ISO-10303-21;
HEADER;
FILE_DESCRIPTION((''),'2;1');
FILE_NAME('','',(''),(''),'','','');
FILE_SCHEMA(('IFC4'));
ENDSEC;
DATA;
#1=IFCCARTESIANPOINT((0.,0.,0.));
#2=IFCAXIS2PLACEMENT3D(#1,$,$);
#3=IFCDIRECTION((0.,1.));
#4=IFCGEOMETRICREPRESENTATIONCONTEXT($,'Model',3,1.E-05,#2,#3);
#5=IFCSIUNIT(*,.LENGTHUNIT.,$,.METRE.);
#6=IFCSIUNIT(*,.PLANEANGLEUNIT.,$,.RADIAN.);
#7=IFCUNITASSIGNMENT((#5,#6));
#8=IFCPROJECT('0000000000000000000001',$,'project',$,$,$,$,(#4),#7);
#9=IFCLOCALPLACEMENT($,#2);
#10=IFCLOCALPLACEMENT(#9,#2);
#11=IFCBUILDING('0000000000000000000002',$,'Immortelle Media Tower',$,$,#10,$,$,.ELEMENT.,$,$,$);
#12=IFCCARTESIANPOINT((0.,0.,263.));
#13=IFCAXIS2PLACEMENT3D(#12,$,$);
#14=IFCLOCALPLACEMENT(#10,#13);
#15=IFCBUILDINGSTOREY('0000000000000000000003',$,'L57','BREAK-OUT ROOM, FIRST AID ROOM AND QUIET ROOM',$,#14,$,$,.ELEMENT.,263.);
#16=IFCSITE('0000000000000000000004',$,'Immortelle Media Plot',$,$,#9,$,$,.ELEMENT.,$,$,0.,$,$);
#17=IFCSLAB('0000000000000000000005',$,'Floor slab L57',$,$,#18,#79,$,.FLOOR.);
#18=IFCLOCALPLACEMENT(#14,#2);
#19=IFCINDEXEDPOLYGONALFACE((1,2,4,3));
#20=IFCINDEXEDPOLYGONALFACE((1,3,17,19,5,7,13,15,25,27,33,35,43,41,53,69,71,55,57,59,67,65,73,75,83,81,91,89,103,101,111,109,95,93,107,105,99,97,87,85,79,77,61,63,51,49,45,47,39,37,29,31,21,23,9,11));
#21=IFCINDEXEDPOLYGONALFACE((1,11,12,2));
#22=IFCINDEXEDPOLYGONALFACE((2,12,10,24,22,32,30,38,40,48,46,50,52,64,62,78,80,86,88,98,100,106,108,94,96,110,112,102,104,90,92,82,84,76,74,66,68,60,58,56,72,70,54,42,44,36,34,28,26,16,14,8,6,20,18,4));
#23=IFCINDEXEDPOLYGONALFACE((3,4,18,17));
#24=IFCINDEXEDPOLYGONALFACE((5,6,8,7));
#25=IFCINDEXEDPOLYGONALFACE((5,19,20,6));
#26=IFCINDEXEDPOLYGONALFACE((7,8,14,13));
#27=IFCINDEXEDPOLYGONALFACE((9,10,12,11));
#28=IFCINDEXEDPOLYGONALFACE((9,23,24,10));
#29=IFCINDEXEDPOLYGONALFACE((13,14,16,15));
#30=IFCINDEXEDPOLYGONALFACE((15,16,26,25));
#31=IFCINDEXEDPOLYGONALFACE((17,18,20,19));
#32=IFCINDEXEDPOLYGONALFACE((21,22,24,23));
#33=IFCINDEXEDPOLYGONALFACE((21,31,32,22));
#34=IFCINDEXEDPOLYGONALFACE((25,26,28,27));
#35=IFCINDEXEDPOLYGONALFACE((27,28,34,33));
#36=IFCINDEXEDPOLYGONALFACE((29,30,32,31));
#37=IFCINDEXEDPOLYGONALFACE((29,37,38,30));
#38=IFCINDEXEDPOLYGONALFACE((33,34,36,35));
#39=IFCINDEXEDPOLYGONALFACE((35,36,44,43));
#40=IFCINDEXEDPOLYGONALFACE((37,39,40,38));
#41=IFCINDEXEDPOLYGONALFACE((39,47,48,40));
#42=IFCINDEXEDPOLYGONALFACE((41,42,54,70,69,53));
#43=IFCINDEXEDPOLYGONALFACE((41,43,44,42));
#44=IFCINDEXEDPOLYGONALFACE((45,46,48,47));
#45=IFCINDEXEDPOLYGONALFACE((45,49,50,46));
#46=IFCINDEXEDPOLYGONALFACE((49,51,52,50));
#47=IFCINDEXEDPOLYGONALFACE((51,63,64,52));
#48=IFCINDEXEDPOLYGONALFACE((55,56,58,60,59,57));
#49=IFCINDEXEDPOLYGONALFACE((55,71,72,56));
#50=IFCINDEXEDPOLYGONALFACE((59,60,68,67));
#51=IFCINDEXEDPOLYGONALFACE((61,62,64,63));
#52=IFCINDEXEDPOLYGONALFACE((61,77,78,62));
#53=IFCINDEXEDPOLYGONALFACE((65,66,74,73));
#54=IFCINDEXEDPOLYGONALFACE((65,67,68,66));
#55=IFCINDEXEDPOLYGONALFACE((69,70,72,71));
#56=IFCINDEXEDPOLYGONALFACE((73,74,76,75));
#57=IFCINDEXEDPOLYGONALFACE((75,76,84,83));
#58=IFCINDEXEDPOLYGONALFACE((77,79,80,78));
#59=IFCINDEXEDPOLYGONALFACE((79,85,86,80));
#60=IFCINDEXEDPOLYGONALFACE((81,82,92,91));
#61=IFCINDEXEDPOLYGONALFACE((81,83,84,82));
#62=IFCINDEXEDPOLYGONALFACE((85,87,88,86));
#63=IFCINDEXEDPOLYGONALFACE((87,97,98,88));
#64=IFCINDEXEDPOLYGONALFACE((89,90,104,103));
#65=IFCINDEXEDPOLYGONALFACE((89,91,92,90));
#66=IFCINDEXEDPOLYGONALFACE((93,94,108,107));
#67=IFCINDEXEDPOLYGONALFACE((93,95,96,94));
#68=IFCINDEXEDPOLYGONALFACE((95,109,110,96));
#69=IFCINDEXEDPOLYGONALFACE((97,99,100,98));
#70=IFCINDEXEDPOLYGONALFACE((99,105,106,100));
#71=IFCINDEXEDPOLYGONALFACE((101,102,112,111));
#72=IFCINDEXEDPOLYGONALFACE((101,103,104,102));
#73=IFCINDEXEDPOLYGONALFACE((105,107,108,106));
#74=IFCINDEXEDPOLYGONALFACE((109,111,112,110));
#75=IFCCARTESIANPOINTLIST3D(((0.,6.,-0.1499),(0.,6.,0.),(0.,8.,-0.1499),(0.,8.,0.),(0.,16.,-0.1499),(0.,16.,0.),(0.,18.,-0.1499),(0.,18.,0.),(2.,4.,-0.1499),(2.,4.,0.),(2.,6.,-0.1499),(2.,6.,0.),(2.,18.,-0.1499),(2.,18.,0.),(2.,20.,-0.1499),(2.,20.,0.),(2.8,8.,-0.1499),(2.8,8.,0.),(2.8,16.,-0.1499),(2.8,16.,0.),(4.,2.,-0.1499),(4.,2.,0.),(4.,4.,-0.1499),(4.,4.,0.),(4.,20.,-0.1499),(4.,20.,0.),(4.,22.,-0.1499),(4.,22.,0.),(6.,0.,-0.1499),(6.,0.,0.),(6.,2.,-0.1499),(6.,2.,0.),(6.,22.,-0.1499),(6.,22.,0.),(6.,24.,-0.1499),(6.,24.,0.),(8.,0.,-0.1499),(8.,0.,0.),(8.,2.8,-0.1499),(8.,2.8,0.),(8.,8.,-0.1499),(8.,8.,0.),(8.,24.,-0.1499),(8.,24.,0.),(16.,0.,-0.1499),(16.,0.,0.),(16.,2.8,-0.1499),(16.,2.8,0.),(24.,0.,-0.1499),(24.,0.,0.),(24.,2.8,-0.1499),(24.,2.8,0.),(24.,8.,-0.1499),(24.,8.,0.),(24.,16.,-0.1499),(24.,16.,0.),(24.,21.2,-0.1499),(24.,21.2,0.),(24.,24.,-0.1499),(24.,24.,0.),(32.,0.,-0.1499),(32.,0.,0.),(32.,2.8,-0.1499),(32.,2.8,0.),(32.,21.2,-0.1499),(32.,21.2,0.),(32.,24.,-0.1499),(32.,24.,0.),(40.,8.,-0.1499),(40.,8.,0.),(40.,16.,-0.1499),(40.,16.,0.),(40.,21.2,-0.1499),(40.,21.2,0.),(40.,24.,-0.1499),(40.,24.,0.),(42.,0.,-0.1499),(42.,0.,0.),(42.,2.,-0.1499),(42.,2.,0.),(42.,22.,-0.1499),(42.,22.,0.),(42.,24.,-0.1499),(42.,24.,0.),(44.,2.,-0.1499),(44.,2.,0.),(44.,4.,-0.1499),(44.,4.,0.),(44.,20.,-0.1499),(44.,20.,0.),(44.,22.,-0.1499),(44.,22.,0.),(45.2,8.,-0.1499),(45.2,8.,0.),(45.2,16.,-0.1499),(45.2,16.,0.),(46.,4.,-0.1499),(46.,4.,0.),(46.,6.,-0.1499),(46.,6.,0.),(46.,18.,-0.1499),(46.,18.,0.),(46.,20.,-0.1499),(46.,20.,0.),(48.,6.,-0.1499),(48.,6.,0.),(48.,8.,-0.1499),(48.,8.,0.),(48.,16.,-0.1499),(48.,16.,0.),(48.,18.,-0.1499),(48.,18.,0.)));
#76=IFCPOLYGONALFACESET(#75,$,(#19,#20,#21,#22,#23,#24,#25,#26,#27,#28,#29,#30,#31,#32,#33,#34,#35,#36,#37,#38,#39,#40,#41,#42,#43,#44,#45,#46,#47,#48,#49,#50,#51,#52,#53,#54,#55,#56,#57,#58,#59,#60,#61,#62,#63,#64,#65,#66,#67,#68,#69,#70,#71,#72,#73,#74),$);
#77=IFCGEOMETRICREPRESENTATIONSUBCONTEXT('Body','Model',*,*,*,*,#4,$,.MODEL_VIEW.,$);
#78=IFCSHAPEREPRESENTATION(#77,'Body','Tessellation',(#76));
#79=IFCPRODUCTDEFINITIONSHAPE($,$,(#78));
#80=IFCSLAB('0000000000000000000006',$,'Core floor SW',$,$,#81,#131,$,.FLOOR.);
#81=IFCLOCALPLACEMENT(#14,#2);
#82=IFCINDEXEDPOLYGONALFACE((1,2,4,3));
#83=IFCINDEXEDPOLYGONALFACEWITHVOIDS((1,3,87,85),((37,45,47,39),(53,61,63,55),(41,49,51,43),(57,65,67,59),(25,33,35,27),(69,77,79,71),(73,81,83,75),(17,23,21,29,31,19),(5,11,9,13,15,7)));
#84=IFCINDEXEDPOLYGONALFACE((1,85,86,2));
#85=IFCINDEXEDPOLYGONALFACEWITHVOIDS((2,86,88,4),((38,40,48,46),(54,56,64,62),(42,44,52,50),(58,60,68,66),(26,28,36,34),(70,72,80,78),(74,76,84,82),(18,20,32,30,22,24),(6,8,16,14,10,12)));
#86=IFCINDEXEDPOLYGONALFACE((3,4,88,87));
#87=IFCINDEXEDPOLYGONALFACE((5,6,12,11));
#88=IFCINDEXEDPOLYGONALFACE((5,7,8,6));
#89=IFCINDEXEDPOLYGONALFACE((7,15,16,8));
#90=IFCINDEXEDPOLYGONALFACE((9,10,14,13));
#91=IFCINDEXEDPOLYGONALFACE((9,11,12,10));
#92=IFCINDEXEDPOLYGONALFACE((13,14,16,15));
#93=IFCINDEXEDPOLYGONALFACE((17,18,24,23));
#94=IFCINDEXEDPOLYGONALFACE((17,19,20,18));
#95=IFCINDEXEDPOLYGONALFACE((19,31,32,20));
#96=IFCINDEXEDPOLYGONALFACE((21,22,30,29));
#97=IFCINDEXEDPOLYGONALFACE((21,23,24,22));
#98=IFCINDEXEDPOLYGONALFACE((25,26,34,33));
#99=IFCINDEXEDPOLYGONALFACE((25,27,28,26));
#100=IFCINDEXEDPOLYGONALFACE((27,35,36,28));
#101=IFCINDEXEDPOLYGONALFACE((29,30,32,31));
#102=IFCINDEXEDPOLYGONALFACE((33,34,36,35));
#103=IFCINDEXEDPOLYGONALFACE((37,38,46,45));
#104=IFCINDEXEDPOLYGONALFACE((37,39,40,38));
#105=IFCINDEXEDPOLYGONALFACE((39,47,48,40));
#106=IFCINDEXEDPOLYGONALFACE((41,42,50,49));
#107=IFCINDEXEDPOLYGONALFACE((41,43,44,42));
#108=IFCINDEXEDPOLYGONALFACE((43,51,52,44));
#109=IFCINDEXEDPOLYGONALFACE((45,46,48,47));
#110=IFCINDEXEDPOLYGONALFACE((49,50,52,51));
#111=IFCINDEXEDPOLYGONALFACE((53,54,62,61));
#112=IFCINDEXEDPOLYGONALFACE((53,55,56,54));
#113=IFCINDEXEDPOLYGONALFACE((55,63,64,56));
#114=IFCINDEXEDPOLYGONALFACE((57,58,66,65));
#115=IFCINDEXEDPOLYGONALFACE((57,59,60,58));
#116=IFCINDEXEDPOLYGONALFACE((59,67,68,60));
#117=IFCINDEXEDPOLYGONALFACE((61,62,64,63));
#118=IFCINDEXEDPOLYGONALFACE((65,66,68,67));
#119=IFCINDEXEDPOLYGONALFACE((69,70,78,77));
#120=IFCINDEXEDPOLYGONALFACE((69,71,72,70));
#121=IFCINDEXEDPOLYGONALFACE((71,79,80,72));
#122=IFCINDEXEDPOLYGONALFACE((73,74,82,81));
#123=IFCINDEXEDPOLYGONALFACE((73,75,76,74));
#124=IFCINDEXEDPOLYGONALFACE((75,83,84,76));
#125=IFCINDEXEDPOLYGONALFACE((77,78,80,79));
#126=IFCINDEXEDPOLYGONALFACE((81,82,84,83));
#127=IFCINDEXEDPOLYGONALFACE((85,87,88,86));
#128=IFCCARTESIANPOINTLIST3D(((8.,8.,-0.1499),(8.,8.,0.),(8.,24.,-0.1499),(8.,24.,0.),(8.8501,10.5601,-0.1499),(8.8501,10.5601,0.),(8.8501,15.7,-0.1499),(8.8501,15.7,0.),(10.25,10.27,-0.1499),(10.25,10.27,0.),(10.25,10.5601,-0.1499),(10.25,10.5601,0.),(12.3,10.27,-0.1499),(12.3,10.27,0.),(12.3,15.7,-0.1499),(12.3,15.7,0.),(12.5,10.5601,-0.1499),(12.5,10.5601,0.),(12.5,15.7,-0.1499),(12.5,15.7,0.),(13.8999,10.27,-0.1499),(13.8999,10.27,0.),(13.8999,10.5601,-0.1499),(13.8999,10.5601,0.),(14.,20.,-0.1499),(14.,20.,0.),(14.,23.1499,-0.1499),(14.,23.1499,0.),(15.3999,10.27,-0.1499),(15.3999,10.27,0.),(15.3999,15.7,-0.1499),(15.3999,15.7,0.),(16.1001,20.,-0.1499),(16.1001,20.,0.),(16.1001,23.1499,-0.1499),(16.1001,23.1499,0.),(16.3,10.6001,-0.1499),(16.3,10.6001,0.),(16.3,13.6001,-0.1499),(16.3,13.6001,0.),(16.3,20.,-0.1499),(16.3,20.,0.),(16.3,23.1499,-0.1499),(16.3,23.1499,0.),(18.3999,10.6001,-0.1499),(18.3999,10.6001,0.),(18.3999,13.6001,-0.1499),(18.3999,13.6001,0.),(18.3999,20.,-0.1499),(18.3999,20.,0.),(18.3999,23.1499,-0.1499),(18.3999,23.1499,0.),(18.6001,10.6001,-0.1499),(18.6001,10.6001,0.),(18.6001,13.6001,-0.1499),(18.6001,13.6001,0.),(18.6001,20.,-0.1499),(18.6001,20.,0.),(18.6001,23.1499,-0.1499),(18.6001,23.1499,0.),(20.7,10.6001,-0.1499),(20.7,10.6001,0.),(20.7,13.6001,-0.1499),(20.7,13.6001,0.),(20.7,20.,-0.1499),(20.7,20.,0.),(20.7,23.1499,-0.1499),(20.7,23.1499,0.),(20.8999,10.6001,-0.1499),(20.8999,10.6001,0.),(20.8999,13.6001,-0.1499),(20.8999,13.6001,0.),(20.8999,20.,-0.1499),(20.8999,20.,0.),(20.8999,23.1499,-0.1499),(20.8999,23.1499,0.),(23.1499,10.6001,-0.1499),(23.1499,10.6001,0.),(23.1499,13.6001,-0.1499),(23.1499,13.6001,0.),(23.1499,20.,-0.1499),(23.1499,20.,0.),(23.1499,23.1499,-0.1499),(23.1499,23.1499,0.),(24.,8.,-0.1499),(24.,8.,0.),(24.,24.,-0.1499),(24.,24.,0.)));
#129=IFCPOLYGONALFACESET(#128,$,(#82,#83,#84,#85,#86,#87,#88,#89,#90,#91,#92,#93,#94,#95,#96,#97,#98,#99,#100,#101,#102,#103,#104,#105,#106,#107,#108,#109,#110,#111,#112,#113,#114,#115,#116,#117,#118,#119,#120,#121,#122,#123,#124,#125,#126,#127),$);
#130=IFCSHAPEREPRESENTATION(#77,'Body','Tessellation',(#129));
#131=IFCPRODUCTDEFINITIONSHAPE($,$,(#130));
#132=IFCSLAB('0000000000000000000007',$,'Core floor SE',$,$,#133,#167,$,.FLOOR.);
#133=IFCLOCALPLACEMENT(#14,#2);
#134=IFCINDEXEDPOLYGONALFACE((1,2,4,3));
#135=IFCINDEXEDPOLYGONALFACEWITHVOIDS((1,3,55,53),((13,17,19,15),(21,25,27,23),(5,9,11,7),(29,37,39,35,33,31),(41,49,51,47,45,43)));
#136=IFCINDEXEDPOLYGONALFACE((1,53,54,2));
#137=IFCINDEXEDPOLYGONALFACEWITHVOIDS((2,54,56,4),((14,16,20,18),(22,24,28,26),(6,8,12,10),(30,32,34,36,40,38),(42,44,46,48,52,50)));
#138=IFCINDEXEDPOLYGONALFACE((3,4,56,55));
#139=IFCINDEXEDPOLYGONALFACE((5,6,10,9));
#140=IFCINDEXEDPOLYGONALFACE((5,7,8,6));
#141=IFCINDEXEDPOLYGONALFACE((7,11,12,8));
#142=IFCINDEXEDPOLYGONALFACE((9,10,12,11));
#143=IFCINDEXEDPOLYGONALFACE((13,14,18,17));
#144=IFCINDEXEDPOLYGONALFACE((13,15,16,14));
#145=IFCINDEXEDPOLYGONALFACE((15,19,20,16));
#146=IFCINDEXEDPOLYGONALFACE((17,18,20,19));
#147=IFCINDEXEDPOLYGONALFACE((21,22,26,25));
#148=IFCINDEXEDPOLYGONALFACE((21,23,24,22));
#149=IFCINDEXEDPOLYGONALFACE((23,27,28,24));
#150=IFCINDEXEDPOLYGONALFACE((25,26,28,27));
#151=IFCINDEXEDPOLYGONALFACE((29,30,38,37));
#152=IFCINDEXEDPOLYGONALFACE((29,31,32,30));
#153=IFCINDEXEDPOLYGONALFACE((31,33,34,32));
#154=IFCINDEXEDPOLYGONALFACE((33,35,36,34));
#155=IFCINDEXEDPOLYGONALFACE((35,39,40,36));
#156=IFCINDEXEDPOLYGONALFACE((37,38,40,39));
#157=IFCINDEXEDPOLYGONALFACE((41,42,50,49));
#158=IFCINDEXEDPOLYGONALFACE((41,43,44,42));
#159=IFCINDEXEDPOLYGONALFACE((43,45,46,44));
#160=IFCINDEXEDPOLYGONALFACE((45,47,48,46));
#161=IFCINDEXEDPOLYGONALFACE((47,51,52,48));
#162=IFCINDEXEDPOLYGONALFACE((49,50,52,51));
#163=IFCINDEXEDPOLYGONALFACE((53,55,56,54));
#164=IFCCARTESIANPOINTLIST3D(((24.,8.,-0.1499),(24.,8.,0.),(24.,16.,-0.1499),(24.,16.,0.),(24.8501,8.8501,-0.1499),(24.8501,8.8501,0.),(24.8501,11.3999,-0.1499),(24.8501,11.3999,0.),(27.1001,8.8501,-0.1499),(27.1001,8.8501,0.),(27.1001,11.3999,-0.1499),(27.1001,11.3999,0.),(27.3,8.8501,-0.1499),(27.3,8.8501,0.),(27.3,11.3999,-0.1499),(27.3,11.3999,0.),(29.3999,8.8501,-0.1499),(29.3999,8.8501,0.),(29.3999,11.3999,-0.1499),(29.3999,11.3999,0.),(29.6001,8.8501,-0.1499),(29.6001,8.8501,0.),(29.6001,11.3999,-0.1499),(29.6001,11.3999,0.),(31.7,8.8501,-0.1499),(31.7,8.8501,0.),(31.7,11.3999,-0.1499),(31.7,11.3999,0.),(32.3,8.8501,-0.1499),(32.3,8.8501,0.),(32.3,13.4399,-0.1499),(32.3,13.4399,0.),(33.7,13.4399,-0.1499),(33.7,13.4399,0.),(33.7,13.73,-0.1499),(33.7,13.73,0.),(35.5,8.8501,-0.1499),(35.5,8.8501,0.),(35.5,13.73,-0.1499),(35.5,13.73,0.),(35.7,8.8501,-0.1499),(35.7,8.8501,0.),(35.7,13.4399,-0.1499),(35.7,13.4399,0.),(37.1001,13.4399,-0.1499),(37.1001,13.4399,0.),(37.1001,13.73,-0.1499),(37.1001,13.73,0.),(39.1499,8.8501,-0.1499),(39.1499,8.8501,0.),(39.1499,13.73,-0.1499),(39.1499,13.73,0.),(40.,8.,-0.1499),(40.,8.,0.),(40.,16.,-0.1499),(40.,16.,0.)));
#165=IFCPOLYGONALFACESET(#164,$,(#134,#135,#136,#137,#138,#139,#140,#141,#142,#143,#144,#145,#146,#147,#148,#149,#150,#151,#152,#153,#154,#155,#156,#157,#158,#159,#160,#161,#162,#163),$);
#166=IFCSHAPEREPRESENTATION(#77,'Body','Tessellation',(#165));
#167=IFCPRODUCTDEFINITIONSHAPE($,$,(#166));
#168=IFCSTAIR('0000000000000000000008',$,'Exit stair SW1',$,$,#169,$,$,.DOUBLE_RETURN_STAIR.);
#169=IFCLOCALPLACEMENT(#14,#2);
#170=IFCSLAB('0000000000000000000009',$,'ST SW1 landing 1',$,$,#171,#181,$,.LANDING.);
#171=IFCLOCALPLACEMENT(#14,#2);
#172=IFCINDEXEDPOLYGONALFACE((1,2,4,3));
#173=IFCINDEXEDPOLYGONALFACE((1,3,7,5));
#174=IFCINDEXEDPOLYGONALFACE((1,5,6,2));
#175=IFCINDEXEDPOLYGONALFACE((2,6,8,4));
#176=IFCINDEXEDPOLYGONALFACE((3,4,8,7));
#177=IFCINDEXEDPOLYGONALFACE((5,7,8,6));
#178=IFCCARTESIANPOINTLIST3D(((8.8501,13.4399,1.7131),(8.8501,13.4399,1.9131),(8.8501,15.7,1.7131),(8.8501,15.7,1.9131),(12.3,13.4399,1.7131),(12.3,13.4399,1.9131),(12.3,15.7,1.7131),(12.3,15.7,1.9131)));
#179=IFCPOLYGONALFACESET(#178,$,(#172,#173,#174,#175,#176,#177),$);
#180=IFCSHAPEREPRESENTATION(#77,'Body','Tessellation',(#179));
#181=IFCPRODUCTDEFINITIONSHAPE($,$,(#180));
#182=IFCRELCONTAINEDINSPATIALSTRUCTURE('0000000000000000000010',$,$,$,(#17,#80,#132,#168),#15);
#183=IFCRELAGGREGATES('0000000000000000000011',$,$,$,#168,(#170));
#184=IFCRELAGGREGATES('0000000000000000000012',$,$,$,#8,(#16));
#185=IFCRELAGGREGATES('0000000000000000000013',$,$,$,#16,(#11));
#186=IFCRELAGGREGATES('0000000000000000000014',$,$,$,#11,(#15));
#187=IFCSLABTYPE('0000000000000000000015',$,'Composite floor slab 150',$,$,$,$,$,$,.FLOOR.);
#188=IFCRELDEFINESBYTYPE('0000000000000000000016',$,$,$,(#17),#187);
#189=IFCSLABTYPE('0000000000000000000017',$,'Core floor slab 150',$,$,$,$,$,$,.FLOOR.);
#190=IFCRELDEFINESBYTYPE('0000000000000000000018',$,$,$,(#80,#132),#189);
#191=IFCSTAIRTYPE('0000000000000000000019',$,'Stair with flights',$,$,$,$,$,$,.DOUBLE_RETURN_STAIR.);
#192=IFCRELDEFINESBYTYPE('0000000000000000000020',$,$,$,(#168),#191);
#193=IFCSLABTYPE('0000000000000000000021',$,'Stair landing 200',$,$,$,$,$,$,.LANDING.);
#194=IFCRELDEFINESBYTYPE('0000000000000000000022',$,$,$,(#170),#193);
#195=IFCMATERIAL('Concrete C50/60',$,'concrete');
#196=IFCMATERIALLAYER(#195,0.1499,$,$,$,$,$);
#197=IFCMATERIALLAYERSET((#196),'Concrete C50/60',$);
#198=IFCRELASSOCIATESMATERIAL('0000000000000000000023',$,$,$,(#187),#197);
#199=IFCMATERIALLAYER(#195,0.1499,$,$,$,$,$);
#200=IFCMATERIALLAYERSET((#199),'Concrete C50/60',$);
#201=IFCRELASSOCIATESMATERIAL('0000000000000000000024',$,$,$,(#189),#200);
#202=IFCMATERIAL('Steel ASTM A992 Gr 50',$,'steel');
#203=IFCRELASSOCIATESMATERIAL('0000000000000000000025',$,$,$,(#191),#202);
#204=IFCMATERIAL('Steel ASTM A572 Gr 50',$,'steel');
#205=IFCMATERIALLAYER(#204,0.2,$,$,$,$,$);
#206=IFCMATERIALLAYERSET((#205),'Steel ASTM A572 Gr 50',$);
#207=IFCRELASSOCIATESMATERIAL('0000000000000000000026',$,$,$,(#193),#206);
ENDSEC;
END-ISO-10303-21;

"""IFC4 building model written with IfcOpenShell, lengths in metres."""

from ifc_helpers import new_model, si_unit, direction, frame, origin, place, context, subcontext, project, spatial, polyline, outline, extrude, material, layer, layer_set, type_object, element, aggregate, save


model = new_model("IFC4")

# Units and contexts
model_context = context("Model", 3, precision=1e-05, world=origin(), true_north=direction((0.0, 1.0)))
body_context = subcontext(model_context, "Body", "Model", "MODEL_VIEW")
ifc_project = project(units=[si_unit("LENGTHUNIT", "METRE"), si_unit("PLANEANGLEUNIT", "RADIAN")], contexts=[model_context])

# Site, building, storey
site_placement = place(None, origin())
site = spatial("IfcSite", under=ifc_project, at=site_placement, Name="Immortelle Media Plot", CompositionType="ELEMENT", RefElevation=0.0)
building_placement = place(site_placement, origin())
building = spatial("IfcBuilding", under=site, at=building_placement, Name="Immortelle Media Tower", CompositionType="ELEMENT")
storey_placement = place(building_placement, frame((0.0, 0.0, 263.0)))
storey = spatial("IfcBuildingStorey", under=building, at=storey_placement, Name="L57", Description="BREAK-OUT ROOM, FIRST AID ROOM AND QUIET ROOM", CompositionType="ELEMENT", Elevation=263.0)

# Shared definitions
ifc_material_1 = material(Name="Steel ASTM A992 Gr 50", Category="steel")

# Slabs
ifc_material_2 = material(Name="Concrete C50/60", Category="concrete")
ifc_layer_1 = layer(ifc_material_2, 0.1499)
ifc_layer_set_1 = layer_set([ifc_layer_1], Name="Concrete C50/60")
slab_type_1 = type_object("IfcSlabType", Name="Composite floor slab 150", PredefinedType="FLOOR", material=ifc_layer_set_1)
slab_1_placement = place(storey_placement, frame((0.0, 0.0, -0.1499)))
element("IfcSlab", 1, at=slab_1_placement, inside=storey, type_object=slab_type_1, Name="Floor slab L57", PredefinedType="FLOOR", context=body_context, shape_type="SweptSolid", body=[
    extrude(outline(polyline([(6.0, 0.0), (6.0, 2.0), (4.0, 2.0), (4.0, 4.0), (2.0, 4.0), (2.0, 6.0), (0.0, 6.0), (0.0, 8.0), (2.8, 8.0), (2.8, 16.0), (0.0, 16.0), (0.0, 18.0), (2.0, 18.0), (2.0, 20.0), (4.0, 20.0), (4.0, 22.0), (6.0, 22.0), (6.0, 24.0), (8.0, 24.0), (8.0, 8.0), (24.0, 8.0), (40.0, 8.0), (40.0, 16.0), (24.0, 16.0), (24.0, 21.2), (24.0, 24.0), (32.0, 24.0), (32.0, 21.2), (40.0, 21.2), (40.0, 24.0), (42.0, 24.0), (42.0, 22.0), (44.0, 22.0), (44.0, 20.0), (46.0, 20.0), (46.0, 18.0), (48.0, 18.0), (48.0, 16.0), (45.2, 16.0), (45.2, 8.0), (48.0, 8.0), (48.0, 6.0), (46.0, 6.0), (46.0, 4.0), (44.0, 4.0), (44.0, 2.0), (42.0, 2.0), (42.0, 0.0), (32.0, 0.0), (32.0, 2.8), (24.0, 2.8), (24.0, 0.0), (16.0, 0.0), (16.0, 2.8), (8.0, 2.8), (8.0, 0.0), (6.0, 0.0)])), origin(), (0.0, 0.0, 1.0), 0.1499),
])
ifc_layer_2 = layer(ifc_material_2, 0.1499)
ifc_layer_set_2 = layer_set([ifc_layer_2], Name="Concrete C50/60")
slab_type_2 = type_object("IfcSlabType", Name="Core floor slab 150", PredefinedType="FLOOR", material=ifc_layer_set_2)
slab_2_placement = place(storey_placement, frame((0.0, 0.0, -0.1499)))
element("IfcSlab", 2, at=slab_2_placement, inside=storey, type_object=slab_type_2, Name="Core floor SW", PredefinedType="FLOOR", context=body_context, shape_type="SweptSolid", body=[
    extrude(outline(polyline([(8.0, 8.0), (24.0, 8.0), (24.0, 24.0), (8.0, 24.0), (8.0, 8.0)]), holes=[polyline([(14.0, 20.0), (16.1001, 20.0), (16.1001, 23.1499), (14.0, 23.1499), (14.0, 20.0)]), polyline([(16.3, 20.0), (18.3999, 20.0), (18.3999, 23.1499), (16.3, 23.1499), (16.3, 20.0)]), polyline([(18.6001, 20.0), (20.7, 20.0), (20.7, 23.1499), (18.6001, 23.1499), (18.6001, 20.0)]), polyline([(20.8999, 20.0), (23.1499, 20.0), (23.1499, 23.1499), (20.8999, 23.1499), (20.8999, 20.0)]), polyline([(16.3, 10.6001), (18.3999, 10.6001), (18.3999, 13.6001), (16.3, 13.6001), (16.3, 10.6001)]), polyline([(18.6001, 10.6001), (20.7, 10.6001), (20.7, 13.6001), (18.6001, 13.6001), (18.6001, 10.6001)]), polyline([(20.8999, 10.6001), (23.1499, 10.6001), (23.1499, 13.6001), (20.8999, 13.6001), (20.8999, 10.6001)]), polyline([(8.8501, 15.7), (12.3, 15.7), (12.3, 10.27), (10.25, 10.27), (10.25, 10.5601), (8.8501, 10.5601), (8.8501, 15.7)]), polyline([(12.5, 15.7), (15.3999, 15.7), (15.3999, 10.27), (13.8999, 10.27), (13.8999, 10.5601), (12.5, 10.5601), (12.5, 15.7)])]), origin(), (0.0, 0.0, 1.0), 0.1499),
])
slab_3_placement = place(storey_placement, frame((0.0, 0.0, -0.1499)))
element("IfcSlab", 3, at=slab_3_placement, inside=storey, type_object=slab_type_2, Name="Core floor SE", PredefinedType="FLOOR", context=body_context, shape_type="SweptSolid", body=[
    extrude(outline(polyline([(24.0, 8.0), (40.0, 8.0), (40.0, 16.0), (24.0, 16.0), (24.0, 8.0)]), holes=[polyline([(24.8501, 8.8501), (27.1001, 8.8501), (27.1001, 11.3999), (24.8501, 11.3999), (24.8501, 8.8501)]), polyline([(27.3, 8.8501), (29.3999, 8.8501), (29.3999, 11.3999), (27.3, 11.3999), (27.3, 8.8501)]), polyline([(29.6001, 8.8501), (31.7, 8.8501), (31.7, 11.3999), (29.6001, 11.3999), (29.6001, 8.8501)]), polyline([(35.5, 13.73), (35.5, 8.8501), (32.3, 8.8501), (32.3, 13.4399), (33.7, 13.4399), (33.7, 13.73), (35.5, 13.73)]), polyline([(39.1499, 13.73), (39.1499, 8.8501), (35.7, 8.8501), (35.7, 13.4399), (37.1001, 13.4399), (37.1001, 13.73), (39.1499, 13.73)])]), origin(), (0.0, 0.0, 1.0), 0.1499),
])

# Stair, slab
stair_type = type_object("IfcStairType", Name="Stair with flights", PredefinedType="DOUBLE_RETURN_STAIR", material=ifc_material_1)
stair_1_placement = place(storey_placement, origin())
stair_1 = element("IfcStair", 4, at=stair_1_placement, inside=storey, type_object=stair_type, Name="Exit stair SW1", PredefinedType="DOUBLE_RETURN_STAIR")
ifc_material_3 = material(Name="Steel ASTM A572 Gr 50", Category="steel")
ifc_layer_3 = layer(ifc_material_3, 0.2)
ifc_layer_set_3 = layer_set([ifc_layer_3], Name="Steel ASTM A572 Gr 50")
slab_type_3 = type_object("IfcSlabType", Name="Stair landing 200", PredefinedType="LANDING", material=ifc_layer_set_3)
slab_4_placement = place(storey_placement, frame((0.0, 0.0, 1.7131)))
slab_4 = element("IfcSlab", 5, at=slab_4_placement, type_object=slab_type_3, Name="ST SW1 landing 1", PredefinedType="LANDING", context=body_context, shape_type="SweptSolid", body=[
    extrude(outline(polyline([(8.8501, 13.4399), (12.3, 13.4399), (12.3, 15.7), (8.8501, 15.7), (8.8501, 13.4399)])), origin(), (0.0, 0.0, 1.0), 0.2),
])
aggregate(stair_1, [slab_4])

save(model, "model.ifc")
